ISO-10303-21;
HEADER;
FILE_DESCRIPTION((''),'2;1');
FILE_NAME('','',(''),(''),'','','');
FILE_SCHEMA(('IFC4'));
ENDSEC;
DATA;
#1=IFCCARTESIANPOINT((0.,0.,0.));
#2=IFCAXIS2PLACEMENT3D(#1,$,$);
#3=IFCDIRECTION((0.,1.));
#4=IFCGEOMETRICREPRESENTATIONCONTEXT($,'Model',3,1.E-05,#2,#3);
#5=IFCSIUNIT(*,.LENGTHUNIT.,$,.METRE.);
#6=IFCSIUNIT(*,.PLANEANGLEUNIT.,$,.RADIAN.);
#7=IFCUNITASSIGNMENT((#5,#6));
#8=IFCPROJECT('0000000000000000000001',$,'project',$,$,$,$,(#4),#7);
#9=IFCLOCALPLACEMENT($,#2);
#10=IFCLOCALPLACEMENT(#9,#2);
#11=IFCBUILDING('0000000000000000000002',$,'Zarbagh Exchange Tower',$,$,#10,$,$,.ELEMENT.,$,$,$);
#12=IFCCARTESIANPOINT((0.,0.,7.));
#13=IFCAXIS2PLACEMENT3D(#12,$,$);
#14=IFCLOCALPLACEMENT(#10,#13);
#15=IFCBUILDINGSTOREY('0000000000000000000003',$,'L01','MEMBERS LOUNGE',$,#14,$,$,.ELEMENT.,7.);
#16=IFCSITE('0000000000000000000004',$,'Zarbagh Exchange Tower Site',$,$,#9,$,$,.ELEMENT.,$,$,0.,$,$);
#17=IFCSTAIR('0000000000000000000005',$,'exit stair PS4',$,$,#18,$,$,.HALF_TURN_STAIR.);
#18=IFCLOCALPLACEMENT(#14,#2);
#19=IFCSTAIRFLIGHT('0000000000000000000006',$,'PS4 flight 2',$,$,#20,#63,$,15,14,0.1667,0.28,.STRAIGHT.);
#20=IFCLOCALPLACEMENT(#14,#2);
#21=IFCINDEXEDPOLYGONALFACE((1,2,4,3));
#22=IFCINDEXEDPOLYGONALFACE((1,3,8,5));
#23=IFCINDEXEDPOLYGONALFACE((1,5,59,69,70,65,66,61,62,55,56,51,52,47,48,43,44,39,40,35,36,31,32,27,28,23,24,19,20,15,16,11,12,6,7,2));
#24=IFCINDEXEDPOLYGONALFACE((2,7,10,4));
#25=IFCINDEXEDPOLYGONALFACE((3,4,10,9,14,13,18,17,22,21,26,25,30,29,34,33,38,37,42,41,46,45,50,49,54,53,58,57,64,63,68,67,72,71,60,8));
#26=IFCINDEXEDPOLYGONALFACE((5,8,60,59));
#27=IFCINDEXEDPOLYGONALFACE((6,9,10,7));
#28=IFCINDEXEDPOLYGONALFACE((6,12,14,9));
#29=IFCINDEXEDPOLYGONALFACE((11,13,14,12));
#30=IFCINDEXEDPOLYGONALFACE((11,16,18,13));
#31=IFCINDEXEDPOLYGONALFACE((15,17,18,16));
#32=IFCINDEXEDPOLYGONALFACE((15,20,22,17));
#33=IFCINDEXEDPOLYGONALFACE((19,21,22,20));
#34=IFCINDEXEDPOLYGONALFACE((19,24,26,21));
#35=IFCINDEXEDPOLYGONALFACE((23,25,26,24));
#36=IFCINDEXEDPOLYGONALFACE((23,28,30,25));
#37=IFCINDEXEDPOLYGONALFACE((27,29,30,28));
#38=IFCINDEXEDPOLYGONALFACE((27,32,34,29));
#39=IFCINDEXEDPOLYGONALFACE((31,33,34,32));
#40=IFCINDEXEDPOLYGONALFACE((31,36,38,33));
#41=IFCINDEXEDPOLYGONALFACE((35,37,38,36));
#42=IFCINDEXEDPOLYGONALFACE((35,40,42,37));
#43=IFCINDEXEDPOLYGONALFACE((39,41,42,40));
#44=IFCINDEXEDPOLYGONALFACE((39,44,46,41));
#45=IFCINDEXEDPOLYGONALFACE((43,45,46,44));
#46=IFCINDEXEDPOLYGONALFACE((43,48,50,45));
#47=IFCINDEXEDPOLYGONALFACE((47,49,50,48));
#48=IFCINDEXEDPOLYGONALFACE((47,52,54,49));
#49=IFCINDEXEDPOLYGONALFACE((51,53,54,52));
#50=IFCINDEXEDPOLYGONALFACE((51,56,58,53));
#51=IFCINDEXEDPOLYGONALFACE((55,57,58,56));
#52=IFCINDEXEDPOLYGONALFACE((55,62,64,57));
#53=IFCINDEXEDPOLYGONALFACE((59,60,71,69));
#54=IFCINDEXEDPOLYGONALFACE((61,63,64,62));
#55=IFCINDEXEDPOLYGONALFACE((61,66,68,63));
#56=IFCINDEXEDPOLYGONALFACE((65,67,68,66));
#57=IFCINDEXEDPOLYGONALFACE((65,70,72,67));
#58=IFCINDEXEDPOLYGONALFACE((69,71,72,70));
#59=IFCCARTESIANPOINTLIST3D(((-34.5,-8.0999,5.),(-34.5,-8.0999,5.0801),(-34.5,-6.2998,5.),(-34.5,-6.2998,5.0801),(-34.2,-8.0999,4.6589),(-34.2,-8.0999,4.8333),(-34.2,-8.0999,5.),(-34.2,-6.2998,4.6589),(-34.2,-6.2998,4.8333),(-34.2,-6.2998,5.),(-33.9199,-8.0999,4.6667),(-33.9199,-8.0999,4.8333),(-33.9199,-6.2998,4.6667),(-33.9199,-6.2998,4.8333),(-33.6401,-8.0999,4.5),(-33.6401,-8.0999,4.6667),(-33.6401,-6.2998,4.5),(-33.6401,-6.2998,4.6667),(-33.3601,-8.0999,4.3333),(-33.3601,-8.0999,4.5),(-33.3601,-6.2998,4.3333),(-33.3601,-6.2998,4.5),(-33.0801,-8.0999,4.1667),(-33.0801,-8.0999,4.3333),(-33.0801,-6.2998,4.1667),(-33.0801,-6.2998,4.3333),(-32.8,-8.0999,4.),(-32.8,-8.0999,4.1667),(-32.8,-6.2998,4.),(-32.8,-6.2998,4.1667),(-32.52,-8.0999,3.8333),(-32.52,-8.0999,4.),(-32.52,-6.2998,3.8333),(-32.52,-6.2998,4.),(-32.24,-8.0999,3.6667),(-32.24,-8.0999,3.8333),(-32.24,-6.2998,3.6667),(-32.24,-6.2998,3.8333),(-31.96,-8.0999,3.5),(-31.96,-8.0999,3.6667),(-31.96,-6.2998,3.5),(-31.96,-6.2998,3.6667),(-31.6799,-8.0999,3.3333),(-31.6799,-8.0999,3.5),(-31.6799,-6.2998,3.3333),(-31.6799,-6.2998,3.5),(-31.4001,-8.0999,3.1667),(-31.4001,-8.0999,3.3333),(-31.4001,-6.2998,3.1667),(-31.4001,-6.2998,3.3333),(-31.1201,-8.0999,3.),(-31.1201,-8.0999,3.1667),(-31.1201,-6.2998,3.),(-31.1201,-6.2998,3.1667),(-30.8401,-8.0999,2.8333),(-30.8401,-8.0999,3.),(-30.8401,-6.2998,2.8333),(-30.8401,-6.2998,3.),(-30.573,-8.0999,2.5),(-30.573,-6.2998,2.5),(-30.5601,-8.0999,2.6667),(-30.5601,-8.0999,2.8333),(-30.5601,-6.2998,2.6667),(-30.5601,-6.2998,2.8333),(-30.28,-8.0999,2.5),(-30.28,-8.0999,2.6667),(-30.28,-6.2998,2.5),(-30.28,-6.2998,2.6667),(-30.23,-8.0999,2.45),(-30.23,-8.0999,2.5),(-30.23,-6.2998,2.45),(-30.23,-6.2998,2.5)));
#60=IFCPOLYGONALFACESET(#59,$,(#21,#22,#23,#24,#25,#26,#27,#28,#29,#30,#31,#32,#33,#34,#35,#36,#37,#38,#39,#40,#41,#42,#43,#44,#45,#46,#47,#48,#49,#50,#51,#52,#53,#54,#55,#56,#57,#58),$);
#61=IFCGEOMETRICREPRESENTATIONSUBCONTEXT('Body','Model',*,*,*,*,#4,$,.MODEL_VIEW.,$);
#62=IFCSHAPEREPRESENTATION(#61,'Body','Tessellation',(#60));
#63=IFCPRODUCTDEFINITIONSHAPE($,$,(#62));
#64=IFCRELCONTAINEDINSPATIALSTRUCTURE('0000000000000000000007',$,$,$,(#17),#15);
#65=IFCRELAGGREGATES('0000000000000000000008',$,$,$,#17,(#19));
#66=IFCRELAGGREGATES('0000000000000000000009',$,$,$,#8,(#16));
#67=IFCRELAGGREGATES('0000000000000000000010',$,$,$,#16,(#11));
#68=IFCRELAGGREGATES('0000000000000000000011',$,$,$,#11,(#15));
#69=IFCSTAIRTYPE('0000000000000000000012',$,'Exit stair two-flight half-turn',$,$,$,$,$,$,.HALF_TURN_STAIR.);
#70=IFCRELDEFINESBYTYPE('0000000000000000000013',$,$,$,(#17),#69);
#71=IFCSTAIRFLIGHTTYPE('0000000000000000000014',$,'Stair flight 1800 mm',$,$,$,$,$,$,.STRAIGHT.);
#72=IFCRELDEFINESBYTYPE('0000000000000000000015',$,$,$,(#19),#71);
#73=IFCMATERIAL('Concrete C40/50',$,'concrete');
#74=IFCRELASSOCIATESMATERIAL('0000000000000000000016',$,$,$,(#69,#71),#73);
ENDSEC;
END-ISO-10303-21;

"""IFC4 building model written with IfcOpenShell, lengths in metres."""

from ifc_helpers import new_model, si_unit, direction, frame, origin, place, context, subcontext, project, spatial, polyline, outline, extrude, material, type_object, element, aggregate, save


model = new_model("IFC4")

# Units and contexts
model_context = context("Model", 3, precision=1e-05, world=origin(), true_north=direction((0.0, 1.0)))
body_context = subcontext(model_context, "Body", "Model", "MODEL_VIEW")
ifc_project = project(units=[si_unit("LENGTHUNIT", "METRE"), si_unit("PLANEANGLEUNIT", "RADIAN")], contexts=[model_context])

# Site, building, storey
site_placement = place(None, origin())
site = spatial("IfcSite", under=ifc_project, at=site_placement, Name="Zarbagh Exchange Tower Site", CompositionType="ELEMENT", RefElevation=0.0)
building_placement = place(site_placement, origin())
building = spatial("IfcBuilding", under=site, at=building_placement, Name="Zarbagh Exchange Tower", CompositionType="ELEMENT")
storey_placement = place(building_placement, frame((0.0, 0.0, 7.0)))
storey = spatial("IfcBuildingStorey", under=building, at=storey_placement, Name="L01", Description="MEMBERS LOUNGE", CompositionType="ELEMENT", Elevation=7.0)

# Shared definitions
ifc_material_1 = material(Name="Concrete C40/50", Category="concrete")

# Stair, stair flight
stair_type = type_object("IfcStairType", Name="Exit stair two-flight half-turn", PredefinedType="HALF_TURN_STAIR", material=ifc_material_1)
stair_placement = place(storey_placement, origin())
stair = element("IfcStair", 1, at=stair_placement, inside=storey, type_object=stair_type, Name="exit stair PS4", PredefinedType="HALF_TURN_STAIR")
stair_flight_type = type_object("IfcStairFlightType", Name="Stair flight 1800 mm", PredefinedType="STRAIGHT", material=ifc_material_1)
stair_flight_placement = place(storey_placement, frame((-30.28, -7.2, 2.5), z_axis=(0.0, 0.0, 1.0), x_axis=(-1.0, 0.0, 0.0)))
stair_flight = element("IfcStairFlight", 2, at=stair_flight_placement, type_object=stair_flight_type, Name="PS4 flight 2", NumberOfRisers=15, NumberOfTreads=14, PredefinedType="STRAIGHT", RiserHeight=0.1667, TreadLength=0.28, context=body_context, shape_type="SweptSolid", body=[
    extrude(outline(polyline([(-0.05, -0.05), (-0.05, 0.0), (0.0, 0.0), (0.0, 0.1667), (0.28, 0.1667), (0.28, 0.3333), (0.5601, 0.3333), (0.5601, 0.5), (0.8401, 0.5), (0.8401, 0.6667), (1.1201, 0.6667), (1.1201, 0.8333), (1.3999, 0.8333), (1.3999, 1.0), (1.6799, 1.0), (1.6799, 1.1667), (1.96, 1.1667), (1.96, 1.3333), (2.24, 1.3333), (2.24, 1.5), (2.52, 1.5), (2.52, 1.6667), (2.8, 1.6667), (2.8, 1.8333), (3.0801, 1.8333), (3.0801, 2.0), (3.3601, 2.0), (3.3601, 2.1667), (3.6399, 2.1667), (3.6399, 2.3333), (3.9199, 2.3333), (3.9199, 2.5), (4.22, 2.5801), (4.22, 2.5), (3.9199, 2.1589), (0.293, 0.0), (-0.05, -0.05)])), frame((0.0, 0.8999, 0.0), z_axis=(0.0, -1.0, 0.0), x_axis=(1.0, 0.0, 0.0)), (0.0, 0.0, 1.0), 1.8),
])
aggregate(stair, [stair_flight])

save(model, "model.ifc")
